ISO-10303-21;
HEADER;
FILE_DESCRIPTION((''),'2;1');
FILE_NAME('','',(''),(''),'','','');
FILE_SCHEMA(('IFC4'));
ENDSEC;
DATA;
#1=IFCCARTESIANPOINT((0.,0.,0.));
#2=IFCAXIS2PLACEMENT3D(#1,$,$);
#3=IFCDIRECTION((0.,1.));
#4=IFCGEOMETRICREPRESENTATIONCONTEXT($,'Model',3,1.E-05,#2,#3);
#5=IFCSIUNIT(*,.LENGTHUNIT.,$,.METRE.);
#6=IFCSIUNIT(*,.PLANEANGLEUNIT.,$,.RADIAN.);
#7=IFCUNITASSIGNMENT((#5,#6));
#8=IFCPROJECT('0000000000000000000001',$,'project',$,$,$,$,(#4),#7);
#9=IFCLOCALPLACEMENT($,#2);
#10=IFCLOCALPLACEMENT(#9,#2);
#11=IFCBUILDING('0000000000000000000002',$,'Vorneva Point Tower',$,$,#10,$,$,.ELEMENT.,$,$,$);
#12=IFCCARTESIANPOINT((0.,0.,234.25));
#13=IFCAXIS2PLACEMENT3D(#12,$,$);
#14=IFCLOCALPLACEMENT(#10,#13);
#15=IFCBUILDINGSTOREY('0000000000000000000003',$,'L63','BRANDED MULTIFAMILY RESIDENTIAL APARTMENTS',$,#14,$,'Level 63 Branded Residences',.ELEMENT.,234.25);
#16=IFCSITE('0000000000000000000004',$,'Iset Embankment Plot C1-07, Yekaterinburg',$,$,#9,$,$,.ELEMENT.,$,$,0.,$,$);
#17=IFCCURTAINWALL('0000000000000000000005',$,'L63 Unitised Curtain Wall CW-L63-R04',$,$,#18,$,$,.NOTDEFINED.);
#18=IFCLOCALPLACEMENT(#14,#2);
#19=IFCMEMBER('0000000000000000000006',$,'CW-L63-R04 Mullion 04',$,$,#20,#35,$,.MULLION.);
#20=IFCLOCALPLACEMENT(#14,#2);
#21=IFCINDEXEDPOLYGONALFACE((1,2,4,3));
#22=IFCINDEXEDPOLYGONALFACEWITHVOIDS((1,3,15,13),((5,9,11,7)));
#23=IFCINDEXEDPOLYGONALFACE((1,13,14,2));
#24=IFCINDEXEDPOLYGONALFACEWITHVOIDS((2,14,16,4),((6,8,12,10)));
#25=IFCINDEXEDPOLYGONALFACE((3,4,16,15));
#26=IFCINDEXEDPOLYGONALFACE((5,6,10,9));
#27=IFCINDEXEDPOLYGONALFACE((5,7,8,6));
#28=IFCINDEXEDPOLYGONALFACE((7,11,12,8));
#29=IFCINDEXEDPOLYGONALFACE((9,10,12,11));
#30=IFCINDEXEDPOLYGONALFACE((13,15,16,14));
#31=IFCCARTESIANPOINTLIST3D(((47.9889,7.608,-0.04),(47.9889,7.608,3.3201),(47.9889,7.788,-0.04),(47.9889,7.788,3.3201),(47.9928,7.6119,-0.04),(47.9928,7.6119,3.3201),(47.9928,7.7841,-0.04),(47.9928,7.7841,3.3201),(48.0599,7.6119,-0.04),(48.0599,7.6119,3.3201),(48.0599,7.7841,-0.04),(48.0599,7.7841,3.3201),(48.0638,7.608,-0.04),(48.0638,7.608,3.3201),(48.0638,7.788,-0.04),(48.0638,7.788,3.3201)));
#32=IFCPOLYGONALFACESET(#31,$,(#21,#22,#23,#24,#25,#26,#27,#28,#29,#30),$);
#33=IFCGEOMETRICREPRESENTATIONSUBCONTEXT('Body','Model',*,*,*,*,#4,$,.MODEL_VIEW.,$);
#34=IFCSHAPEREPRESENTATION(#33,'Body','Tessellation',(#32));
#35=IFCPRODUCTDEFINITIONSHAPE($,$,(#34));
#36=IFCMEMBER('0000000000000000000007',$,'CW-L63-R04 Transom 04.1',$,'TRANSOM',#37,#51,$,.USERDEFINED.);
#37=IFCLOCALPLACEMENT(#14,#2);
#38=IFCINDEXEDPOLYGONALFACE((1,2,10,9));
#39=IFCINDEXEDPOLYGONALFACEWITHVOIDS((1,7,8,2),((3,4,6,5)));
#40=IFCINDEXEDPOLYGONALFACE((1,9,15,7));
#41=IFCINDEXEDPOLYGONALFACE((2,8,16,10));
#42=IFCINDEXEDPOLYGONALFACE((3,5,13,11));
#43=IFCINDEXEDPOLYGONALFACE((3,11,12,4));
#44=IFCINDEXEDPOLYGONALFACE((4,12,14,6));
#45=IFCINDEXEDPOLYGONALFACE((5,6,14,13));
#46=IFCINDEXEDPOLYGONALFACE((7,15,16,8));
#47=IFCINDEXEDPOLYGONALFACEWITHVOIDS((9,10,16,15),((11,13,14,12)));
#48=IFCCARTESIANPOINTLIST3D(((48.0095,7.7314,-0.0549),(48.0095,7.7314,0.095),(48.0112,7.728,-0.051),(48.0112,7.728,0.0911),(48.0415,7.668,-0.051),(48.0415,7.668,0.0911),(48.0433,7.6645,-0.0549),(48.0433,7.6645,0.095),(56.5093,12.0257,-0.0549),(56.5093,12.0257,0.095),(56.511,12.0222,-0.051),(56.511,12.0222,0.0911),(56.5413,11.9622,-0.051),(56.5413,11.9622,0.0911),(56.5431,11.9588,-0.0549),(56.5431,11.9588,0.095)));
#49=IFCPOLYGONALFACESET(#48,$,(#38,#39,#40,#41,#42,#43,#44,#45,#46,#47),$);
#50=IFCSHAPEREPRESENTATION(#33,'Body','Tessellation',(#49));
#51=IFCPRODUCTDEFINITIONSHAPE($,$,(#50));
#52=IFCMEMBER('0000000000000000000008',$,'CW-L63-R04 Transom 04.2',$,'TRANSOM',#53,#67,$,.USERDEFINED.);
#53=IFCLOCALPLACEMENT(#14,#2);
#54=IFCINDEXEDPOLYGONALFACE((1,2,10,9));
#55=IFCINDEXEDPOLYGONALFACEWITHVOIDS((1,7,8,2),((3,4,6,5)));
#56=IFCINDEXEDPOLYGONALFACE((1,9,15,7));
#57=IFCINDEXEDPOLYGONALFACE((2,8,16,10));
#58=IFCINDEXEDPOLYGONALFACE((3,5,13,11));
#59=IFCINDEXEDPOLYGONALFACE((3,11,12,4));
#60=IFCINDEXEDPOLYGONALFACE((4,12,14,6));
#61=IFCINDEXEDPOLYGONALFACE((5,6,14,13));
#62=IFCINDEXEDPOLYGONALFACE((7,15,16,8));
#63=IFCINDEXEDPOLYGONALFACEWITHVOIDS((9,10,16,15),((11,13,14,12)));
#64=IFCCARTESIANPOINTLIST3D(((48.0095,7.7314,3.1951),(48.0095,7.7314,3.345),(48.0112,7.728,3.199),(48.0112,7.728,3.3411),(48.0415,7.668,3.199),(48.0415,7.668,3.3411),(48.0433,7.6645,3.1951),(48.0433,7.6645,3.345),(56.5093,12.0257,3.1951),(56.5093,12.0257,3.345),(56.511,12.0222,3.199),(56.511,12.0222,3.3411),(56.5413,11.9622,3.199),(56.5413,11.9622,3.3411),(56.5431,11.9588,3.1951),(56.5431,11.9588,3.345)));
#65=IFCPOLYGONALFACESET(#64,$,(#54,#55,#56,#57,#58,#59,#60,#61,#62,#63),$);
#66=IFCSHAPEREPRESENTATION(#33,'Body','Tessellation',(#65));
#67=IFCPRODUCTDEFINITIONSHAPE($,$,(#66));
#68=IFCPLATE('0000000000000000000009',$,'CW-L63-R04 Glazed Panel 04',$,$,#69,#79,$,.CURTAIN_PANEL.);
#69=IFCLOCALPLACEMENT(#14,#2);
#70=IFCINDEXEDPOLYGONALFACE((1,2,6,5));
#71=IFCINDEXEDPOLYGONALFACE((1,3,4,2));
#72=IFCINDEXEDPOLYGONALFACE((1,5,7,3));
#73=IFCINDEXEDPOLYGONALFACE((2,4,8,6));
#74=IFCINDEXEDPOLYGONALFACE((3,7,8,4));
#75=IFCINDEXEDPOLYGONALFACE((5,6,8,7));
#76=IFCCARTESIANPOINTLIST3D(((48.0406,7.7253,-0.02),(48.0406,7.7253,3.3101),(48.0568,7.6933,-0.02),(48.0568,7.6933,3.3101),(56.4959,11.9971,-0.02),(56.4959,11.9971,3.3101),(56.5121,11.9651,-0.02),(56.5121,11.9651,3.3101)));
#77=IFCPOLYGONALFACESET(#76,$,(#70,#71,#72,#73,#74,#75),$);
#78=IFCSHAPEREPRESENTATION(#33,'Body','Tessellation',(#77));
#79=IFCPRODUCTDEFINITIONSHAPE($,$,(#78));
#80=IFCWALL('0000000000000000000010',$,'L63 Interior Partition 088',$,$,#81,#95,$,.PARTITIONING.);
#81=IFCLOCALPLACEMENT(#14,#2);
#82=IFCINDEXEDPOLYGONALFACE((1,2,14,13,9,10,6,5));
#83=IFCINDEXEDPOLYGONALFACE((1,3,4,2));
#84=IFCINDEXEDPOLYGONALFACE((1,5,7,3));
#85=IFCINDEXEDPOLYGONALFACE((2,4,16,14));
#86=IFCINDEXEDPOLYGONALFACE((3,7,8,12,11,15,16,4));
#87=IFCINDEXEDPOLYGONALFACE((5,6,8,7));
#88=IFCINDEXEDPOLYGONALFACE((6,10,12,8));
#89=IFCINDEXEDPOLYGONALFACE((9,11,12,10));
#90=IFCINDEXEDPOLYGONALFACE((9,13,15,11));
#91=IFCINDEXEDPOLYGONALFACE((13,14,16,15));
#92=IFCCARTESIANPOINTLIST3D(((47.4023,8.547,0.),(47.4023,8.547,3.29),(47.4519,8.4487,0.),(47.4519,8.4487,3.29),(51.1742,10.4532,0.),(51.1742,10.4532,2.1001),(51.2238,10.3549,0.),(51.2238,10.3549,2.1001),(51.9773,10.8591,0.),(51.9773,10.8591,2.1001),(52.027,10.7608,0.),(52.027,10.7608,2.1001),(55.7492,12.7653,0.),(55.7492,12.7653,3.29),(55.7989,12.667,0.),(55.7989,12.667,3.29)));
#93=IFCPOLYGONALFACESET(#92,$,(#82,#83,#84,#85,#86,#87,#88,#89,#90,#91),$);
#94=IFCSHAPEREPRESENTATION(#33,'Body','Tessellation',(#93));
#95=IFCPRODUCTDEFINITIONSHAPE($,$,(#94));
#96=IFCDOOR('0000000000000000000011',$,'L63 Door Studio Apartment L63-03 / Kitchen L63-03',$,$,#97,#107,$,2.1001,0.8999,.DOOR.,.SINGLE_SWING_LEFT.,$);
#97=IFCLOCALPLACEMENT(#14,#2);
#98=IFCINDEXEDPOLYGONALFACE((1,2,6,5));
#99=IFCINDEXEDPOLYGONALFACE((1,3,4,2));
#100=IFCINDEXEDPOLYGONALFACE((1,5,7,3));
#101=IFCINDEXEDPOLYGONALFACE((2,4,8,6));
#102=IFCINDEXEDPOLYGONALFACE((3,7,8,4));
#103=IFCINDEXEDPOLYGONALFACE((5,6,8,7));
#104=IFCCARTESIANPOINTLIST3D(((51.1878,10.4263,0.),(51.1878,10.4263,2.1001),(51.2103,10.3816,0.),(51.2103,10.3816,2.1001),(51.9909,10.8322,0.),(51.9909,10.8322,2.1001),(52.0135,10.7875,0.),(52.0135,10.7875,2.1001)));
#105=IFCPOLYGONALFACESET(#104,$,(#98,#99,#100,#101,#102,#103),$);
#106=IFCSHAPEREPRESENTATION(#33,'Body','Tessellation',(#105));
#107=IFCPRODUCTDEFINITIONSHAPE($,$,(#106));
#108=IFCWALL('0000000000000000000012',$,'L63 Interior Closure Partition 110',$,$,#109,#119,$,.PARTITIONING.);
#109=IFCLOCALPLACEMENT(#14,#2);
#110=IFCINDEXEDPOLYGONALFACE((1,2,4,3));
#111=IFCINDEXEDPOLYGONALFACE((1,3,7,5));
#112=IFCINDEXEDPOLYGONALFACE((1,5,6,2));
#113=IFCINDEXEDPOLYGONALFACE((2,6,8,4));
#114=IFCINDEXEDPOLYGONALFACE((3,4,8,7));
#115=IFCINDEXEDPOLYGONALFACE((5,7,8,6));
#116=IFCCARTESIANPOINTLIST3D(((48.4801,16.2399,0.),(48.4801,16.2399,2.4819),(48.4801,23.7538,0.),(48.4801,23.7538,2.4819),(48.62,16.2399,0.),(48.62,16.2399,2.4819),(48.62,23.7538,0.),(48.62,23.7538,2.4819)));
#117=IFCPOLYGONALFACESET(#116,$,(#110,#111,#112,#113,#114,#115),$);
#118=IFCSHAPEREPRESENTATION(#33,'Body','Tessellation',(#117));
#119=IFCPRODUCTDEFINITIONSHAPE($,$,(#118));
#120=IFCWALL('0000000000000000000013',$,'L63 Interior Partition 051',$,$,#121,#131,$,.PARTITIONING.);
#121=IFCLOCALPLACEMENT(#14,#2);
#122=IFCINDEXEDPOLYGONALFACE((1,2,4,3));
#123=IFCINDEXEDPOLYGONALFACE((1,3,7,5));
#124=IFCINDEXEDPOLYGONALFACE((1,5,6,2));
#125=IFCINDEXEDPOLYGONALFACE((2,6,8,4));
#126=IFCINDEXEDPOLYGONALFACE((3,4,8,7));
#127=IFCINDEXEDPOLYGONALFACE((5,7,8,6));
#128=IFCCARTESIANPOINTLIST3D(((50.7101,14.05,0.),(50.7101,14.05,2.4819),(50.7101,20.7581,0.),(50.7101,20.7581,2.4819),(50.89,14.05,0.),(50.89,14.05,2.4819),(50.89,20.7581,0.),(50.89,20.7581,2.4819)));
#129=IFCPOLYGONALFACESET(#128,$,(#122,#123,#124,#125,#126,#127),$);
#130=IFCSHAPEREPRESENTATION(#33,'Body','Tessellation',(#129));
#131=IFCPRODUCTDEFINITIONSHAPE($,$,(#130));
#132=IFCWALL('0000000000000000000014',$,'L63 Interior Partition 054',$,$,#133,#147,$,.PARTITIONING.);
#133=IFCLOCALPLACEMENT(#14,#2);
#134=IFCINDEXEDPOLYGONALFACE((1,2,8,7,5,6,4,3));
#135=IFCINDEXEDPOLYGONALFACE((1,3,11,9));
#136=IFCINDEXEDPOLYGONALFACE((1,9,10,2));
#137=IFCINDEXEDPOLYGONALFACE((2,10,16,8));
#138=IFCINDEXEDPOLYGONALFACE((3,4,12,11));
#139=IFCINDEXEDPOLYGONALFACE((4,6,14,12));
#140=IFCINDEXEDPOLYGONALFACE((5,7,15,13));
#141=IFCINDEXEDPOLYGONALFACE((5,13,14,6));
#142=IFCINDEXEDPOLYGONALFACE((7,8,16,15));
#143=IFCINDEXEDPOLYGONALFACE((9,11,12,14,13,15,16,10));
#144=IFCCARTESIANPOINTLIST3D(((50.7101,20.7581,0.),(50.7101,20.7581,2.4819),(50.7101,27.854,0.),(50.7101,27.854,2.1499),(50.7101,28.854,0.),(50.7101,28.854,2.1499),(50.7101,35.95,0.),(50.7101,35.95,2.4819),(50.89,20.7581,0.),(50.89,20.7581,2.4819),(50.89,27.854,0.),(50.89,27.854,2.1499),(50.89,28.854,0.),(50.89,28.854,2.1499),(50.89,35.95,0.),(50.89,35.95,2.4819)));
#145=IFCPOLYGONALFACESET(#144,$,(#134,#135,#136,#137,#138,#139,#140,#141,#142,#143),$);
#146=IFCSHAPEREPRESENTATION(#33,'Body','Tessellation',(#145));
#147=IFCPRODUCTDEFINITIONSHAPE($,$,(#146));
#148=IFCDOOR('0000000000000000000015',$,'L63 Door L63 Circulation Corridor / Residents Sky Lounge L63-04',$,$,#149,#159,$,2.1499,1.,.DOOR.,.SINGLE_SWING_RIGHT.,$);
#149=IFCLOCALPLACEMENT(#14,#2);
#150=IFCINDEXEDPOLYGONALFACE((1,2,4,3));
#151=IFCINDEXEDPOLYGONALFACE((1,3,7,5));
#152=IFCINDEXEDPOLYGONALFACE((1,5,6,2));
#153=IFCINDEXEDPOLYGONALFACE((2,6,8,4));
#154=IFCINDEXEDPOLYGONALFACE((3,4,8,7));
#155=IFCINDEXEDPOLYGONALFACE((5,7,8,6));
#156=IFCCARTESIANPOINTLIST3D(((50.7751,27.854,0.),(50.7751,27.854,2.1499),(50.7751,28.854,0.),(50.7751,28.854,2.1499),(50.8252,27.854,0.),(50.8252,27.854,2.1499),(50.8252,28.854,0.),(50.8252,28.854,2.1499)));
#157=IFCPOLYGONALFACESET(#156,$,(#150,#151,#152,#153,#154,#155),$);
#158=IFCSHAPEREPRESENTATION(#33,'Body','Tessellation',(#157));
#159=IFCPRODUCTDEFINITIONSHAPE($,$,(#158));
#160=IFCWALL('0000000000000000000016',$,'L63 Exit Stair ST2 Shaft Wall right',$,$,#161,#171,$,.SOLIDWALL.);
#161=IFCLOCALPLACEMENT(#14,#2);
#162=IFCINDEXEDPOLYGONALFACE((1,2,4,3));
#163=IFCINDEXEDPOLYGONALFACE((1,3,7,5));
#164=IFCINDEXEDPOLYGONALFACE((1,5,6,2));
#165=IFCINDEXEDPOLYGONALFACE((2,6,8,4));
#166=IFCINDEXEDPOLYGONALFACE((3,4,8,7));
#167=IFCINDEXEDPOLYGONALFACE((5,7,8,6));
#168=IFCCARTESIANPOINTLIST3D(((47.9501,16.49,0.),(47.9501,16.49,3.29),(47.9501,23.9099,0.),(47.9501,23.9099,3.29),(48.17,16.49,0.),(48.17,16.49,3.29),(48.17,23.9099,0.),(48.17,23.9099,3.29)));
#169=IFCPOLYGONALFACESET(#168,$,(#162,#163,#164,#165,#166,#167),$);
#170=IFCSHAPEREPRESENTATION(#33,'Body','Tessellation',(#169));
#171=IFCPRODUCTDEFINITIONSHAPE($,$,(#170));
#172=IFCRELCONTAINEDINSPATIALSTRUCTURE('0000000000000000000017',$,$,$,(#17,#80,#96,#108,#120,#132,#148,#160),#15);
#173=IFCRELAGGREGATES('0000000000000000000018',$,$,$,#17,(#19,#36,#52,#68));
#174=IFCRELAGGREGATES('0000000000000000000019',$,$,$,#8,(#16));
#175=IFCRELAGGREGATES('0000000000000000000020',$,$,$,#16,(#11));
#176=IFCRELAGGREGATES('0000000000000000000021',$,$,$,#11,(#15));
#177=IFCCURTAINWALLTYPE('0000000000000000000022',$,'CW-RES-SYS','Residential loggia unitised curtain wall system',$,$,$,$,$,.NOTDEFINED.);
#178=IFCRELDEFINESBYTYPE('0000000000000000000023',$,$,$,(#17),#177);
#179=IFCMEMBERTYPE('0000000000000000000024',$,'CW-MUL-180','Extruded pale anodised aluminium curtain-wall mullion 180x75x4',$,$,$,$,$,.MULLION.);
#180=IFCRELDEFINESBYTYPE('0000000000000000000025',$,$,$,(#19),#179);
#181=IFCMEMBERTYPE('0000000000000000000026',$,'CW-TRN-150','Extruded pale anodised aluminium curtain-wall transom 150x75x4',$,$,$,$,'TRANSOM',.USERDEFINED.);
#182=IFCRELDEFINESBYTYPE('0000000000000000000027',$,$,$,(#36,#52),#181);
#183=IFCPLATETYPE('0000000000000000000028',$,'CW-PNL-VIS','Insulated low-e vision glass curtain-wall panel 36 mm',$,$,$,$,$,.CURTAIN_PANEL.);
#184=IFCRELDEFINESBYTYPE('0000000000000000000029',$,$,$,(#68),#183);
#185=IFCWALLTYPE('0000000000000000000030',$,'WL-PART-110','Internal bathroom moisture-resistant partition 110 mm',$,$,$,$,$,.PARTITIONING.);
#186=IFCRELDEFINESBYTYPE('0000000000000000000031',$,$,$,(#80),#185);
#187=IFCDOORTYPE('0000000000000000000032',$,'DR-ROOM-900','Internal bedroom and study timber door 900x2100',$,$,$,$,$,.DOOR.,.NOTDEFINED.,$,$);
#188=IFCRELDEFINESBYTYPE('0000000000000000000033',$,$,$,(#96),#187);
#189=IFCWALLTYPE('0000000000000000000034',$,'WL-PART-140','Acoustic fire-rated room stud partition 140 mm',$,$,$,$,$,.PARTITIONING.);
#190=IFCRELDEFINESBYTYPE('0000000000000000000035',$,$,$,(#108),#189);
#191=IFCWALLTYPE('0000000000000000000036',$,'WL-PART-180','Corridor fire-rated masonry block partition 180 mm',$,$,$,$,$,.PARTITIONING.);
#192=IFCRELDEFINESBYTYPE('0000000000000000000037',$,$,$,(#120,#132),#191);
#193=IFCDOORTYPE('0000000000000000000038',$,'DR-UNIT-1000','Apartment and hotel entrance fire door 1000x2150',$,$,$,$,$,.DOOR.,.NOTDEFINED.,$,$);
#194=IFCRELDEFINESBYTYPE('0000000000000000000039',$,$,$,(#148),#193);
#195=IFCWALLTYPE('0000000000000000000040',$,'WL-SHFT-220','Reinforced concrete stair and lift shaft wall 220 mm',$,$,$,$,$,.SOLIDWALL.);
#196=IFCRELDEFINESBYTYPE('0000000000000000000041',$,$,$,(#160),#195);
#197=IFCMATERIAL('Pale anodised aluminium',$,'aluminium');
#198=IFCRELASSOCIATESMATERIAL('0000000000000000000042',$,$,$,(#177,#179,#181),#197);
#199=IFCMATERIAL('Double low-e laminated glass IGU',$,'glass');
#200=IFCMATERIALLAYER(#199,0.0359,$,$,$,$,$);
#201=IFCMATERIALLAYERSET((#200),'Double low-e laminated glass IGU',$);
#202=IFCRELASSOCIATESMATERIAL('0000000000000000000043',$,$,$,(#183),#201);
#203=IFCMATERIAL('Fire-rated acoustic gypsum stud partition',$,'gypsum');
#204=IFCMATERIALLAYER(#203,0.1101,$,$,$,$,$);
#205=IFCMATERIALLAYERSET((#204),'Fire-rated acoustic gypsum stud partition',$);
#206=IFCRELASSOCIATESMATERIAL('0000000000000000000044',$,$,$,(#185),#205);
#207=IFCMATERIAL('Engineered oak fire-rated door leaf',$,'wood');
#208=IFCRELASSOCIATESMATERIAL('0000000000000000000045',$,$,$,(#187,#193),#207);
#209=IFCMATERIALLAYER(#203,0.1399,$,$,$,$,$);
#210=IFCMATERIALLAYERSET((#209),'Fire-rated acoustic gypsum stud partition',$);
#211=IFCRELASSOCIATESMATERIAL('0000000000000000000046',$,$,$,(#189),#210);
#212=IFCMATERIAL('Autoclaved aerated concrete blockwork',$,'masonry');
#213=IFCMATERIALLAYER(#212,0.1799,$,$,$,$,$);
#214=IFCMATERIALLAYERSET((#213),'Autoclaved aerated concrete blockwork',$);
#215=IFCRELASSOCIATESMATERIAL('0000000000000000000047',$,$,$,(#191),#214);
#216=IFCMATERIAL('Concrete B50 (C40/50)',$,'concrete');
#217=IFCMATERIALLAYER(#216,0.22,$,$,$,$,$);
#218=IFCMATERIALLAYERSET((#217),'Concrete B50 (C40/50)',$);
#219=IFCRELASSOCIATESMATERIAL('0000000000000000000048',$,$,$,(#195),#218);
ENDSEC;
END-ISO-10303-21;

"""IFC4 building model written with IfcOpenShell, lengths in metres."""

from ifc_helpers import new_model, si_unit, direction, frame, frame_2d, origin, origin_2d, place, context, subcontext, project, spatial, rectangle, hollow_rectangle, extrude, material, layer, layer_set, material_profile, profile_set, type_object, element, fill, aggregate, save


model = new_model("IFC4")

# Units and contexts
model_context = context("Model", 3, precision=1e-05, world=origin(), true_north=direction((0.0, 1.0)))
body_context = subcontext(model_context, "Body", "Model", "MODEL_VIEW")
ifc_project = project(units=[si_unit("LENGTHUNIT", "METRE"), si_unit("PLANEANGLEUNIT", "RADIAN")], contexts=[model_context])

# Site, building, storey
site_placement = place(None, origin())
site = spatial("IfcSite", under=ifc_project, at=site_placement, Name="Iset Embankment Plot C1-07, Yekaterinburg", CompositionType="ELEMENT", RefElevation=0.0)
building_placement = place(site_placement, origin())
building = spatial("IfcBuilding", under=site, at=building_placement, Name="Vorneva Point Tower", CompositionType="ELEMENT")
storey_placement = place(building_placement, frame((0.0, 0.0, 234.25)))
storey = spatial("IfcBuildingStorey", under=building, at=storey_placement, Name="L63", Description="BRANDED MULTIFAMILY RESIDENTIAL APARTMENTS", LongName="Level 63 Branded Residences", CompositionType="ELEMENT", Elevation=234.25)

# Shared definitions
ifc_material_1 = material(Name="Concrete B50 (C40/50)", Category="concrete")

# Curtain wall, members, plate
ifc_material_2 = material(Name="Pale anodised aluminium", Category="aluminium")
curtain_wall_type = type_object("IfcCurtainWallType", Name="CW-RES-SYS", Description="Residential loggia unitised curtain wall system", PredefinedType="NOTDEFINED", material=ifc_material_2)
curtain_wall_placement = place(storey_placement, origin())
curtain_wall = element("IfcCurtainWall", 1, at=curtain_wall_placement, inside=storey, type_object=curtain_wall_type, Name="L63 Unitised Curtain Wall CW-L63-R04", PredefinedType="NOTDEFINED")
ifc_material_profile_1 = material_profile(ifc_material_2, hollow_rectangle(XDim=0.075, YDim=0.1799, WallThickness=0.0039, at=origin_2d()), Name="AL-MUL 180x75x4")
ifc_profile_set_1 = profile_set([ifc_material_profile_1], Name="Pale anodised aluminium")
member_type_1 = type_object("IfcMemberType", Name="CW-MUL-180", Description="Extruded pale anodised aluminium curtain-wall mullion 180x75x4", PredefinedType="MULLION", material=ifc_profile_set_1)
member_1_placement = place(storey_placement, frame((48.0264, 7.698, -0.04), z_axis=(0.0, 0.0, 1.0), x_axis=(1.0, 0.0, 0.0)))
member_1 = element("IfcMember", 2, at=member_1_placement, type_object=member_type_1, Name="CW-L63-R04 Mullion 04", PredefinedType="MULLION", context=body_context, shape_type="SweptSolid", body=[
    extrude(hollow_rectangle(XDim=0.075, YDim=0.1799, WallThickness=0.0039, at=origin_2d()), origin(), (0.0, 0.0, 1.0), 3.3601),
])
ifc_material_profile_2 = material_profile(ifc_material_2, hollow_rectangle(XDim=0.075, YDim=0.1499, WallThickness=0.0039, at=origin_2d()), Name="AL-TRN 150x75x4")
ifc_profile_set_2 = profile_set([ifc_material_profile_2], Name="Pale anodised aluminium")
member_type_2 = type_object("IfcMemberType", Name="CW-TRN-150", Description="Extruded pale anodised aluminium curtain-wall transom 150x75x4", ElementType="TRANSOM", PredefinedType="USERDEFINED", material=ifc_profile_set_2)
member_2_placement = place(storey_placement, frame((48.0264, 7.698, 0.02), z_axis=(0.892558, 0.450932, 0.0), x_axis=(-0.450932, 0.892558, 0.0)))
member_2 = element("IfcMember", 3, at=member_2_placement, type_object=member_type_2, Name="CW-L63-R04 Transom 04.1", ObjectType="TRANSOM", PredefinedType="USERDEFINED", context=body_context, shape_type="SweptSolid", body=[
    extrude(hollow_rectangle(XDim=0.075, YDim=0.1499, WallThickness=0.0039, at=origin_2d()), origin(), (0.0, 0.0, 1.0), 9.5229),
])
member_3_placement = place(storey_placement, frame((48.0264, 7.698, 3.27), z_axis=(0.892558, 0.450932, 0.0), x_axis=(-0.450932, 0.892558, 0.0)))
member_3 = element("IfcMember", 4, at=member_3_placement, type_object=member_type_2, Name="CW-L63-R04 Transom 04.2", ObjectType="TRANSOM", PredefinedType="USERDEFINED", context=body_context, shape_type="SweptSolid", body=[
    extrude(hollow_rectangle(XDim=0.075, YDim=0.1499, WallThickness=0.0039, at=origin_2d()), origin(), (0.0, 0.0, 1.0), 9.5229),
])
ifc_material_3 = material(Name="Double low-e laminated glass IGU", Category="glass")
ifc_layer_1 = layer(ifc_material_3, 0.0359)
ifc_layer_set_1 = layer_set([ifc_layer_1], Name="Double low-e laminated glass IGU")
plate_type = type_object("IfcPlateType", Name="CW-PNL-VIS", Description="Insulated low-e vision glass curtain-wall panel 36 mm", PredefinedType="CURTAIN_PANEL", material=ifc_layer_set_1)
plate_placement = place(storey_placement, frame((52.2764, 9.8452, -0.02), z_axis=(0.0, 0.0, 1.0), x_axis=(0.892554, 0.45094, 0.0)))
plate = element("IfcPlate", 5, at=plate_placement, type_object=plate_type, Name="CW-L63-R04 Glazed Panel 04", PredefinedType="CURTAIN_PANEL", context=body_context, shape_type="SweptSolid", body=[
    extrude(rectangle(XDim=9.4731, YDim=0.0359, at=origin_2d()), origin(), (0.0, 0.0, 1.0), 3.3301),
])
aggregate(curtain_wall, [member_1, member_2, member_3, plate])

# Wall, opening, door
ifc_material_4 = material(Name="Fire-rated acoustic gypsum stud partition", Category="gypsum")
ifc_layer_2 = layer(ifc_material_4, 0.1101)
ifc_layer_set_2 = layer_set([ifc_layer_2], Name="Fire-rated acoustic gypsum stud partition")
wall_type_1 = type_object("IfcWallType", Name="WL-PART-110", Description="Internal bathroom moisture-resistant partition 110 mm", PredefinedType="PARTITIONING", material=ifc_layer_set_2)
wall_1_placement = place(storey_placement, frame((47.427, 8.4978, 0.0), z_axis=(0.0, 0.0, 1.0), x_axis=(0.892503, 0.451042, 0.0)))
wall_1 = element("IfcWall", 6, at=wall_1_placement, inside=storey, type_object=wall_type_1, Name="L63 Interior Partition 088", PredefinedType="PARTITIONING", context=body_context, shape_type="SweptSolid", body=[
    extrude(rectangle(XDim=9.3523, YDim=0.1101, at=frame_2d((4.6763, 0.0))), origin(), (0.0, 0.0, 1.0), 3.29),
])
opening_1_placement = place(wall_1_placement, frame((4.2263, 0.0, 0.0)))
opening_1 = element("IfcOpeningElement", 7, at=opening_1_placement, cuts=wall_1, PredefinedType="OPENING", context=body_context, shape_type="SweptSolid", body=[
    extrude(rectangle(XDim=0.8999, YDim=2.1001, at=frame_2d((0.45, 1.05))), frame((0.0, 0.0698, 0.0), z_axis=(0.0, -1.0, 0.0), x_axis=(1.0, 0.0, 0.0)), (0.0, 0.0, 1.0), 0.1399),
])
ifc_material_5 = material(Name="Engineered oak fire-rated door leaf", Category="wood")
door_type_1 = type_object("IfcDoorType", Name="DR-ROOM-900", Description="Internal bedroom and study timber door 900x2100", OperationType="NOTDEFINED", PredefinedType="DOOR", material=ifc_material_5)
door_1_placement = place(opening_1_placement, origin())
door_1 = element("IfcDoor", 8, at=door_1_placement, inside=storey, type_object=door_type_1, Name="L63 Door Studio Apartment L63-03 / Kitchen L63-03", OperationType="SINGLE_SWING_LEFT", OverallHeight=2.1001, OverallWidth=0.8999, PredefinedType="DOOR", context=body_context, shape_type="SweptSolid", body=[
    extrude(rectangle(XDim=0.8999, YDim=2.1001, at=frame_2d((0.45, 1.05))), frame((0.0, 0.0249, 0.0), z_axis=(0.0, -1.0, 0.0), x_axis=(1.0, 0.0, 0.0)), (0.0, 0.0, 1.0), 0.05),
])
fill(opening_1, door_1)

# Wall
ifc_layer_3 = layer(ifc_material_4, 0.1399)
ifc_layer_set_3 = layer_set([ifc_layer_3], Name="Fire-rated acoustic gypsum stud partition")
wall_type_2 = type_object("IfcWallType", Name="WL-PART-140", Description="Acoustic fire-rated room stud partition 140 mm", PredefinedType="PARTITIONING", material=ifc_layer_set_3)
wall_2_placement = place(storey_placement, frame((48.55, 16.24, 0.0), z_axis=(0.0, 0.0, 1.0), x_axis=(0.0, 1.0, 0.0)))
element("IfcWall", 9, at=wall_2_placement, inside=storey, type_object=wall_type_2, Name="L63 Interior Closure Partition 110", PredefinedType="PARTITIONING", context=body_context, shape_type="SweptSolid", body=[
    extrude(rectangle(XDim=7.5139, YDim=0.1399, at=frame_2d((3.7568, 0.0))), origin(), (0.0, 0.0, 1.0), 2.4819),
])

# Shared definitions
ifc_material_6 = material(Name="Autoclaved aerated concrete blockwork", Category="masonry")
ifc_layer_4 = layer(ifc_material_6, 0.1799)
ifc_layer_set_4 = layer_set([ifc_layer_4], Name="Autoclaved aerated concrete blockwork")
wall_type_3 = type_object("IfcWallType", Name="WL-PART-180", Description="Corridor fire-rated masonry block partition 180 mm", PredefinedType="PARTITIONING", material=ifc_layer_set_4)

# Wall
wall_3_placement = place(storey_placement, frame((50.8, 14.05, 0.0), z_axis=(0.0, 0.0, 1.0), x_axis=(0.0, 1.0, 0.0)))
element("IfcWall", 10, at=wall_3_placement, inside=storey, type_object=wall_type_3, Name="L63 Interior Partition 051", PredefinedType="PARTITIONING", context=body_context, shape_type="SweptSolid", body=[
    extrude(rectangle(XDim=6.708, YDim=0.1799, at=frame_2d((3.354, 0.0))), origin(), (0.0, 0.0, 1.0), 2.4819),
])

# Wall, opening, door
wall_4_placement = place(storey_placement, frame((50.8, 20.7581, 0.0), z_axis=(0.0, 0.0, 1.0), x_axis=(0.0, 1.0, 0.0)))
wall_4 = element("IfcWall", 11, at=wall_4_placement, inside=storey, type_object=wall_type_3, Name="L63 Interior Partition 054", PredefinedType="PARTITIONING", context=body_context, shape_type="SweptSolid", body=[
    extrude(rectangle(XDim=15.1919, YDim=0.1799, at=frame_2d((7.5959, 0.0))), origin(), (0.0, 0.0, 1.0), 2.4819),
])
opening_2_placement = place(wall_4_placement, frame((7.0959, 0.0, 0.0)))
opening_2 = element("IfcOpeningElement", 12, at=opening_2_placement, cuts=wall_4, PredefinedType="OPENING", context=body_context, shape_type="SweptSolid", body=[
    extrude(rectangle(XDim=1.0, YDim=2.1499, at=frame_2d((0.5, 1.075))), frame((0.0, 0.105, 0.0), z_axis=(0.0, -1.0, 0.0), x_axis=(1.0, 0.0, 0.0)), (0.0, 0.0, 1.0), 0.2097),
])
door_type_2 = type_object("IfcDoorType", Name="DR-UNIT-1000", Description="Apartment and hotel entrance fire door 1000x2150", OperationType="NOTDEFINED", PredefinedType="DOOR", material=ifc_material_5)
door_2_placement = place(opening_2_placement, origin())
door_2 = element("IfcDoor", 13, at=door_2_placement, inside=storey, type_object=door_type_2, Name="L63 Door L63 Circulation Corridor / Residents Sky Lounge L63-04", OperationType="SINGLE_SWING_RIGHT", OverallHeight=2.1499, OverallWidth=1.0, PredefinedType="DOOR", context=body_context, shape_type="SweptSolid", body=[
    extrude(rectangle(XDim=1.0, YDim=2.1499, at=frame_2d((0.5, 1.075))), frame((0.0, 0.0249, 0.0), z_axis=(0.0, -1.0, 0.0), x_axis=(1.0, 0.0, 0.0)), (0.0, 0.0, 1.0), 0.05),
])
fill(opening_2, door_2)

# Wall
ifc_layer_5 = layer(ifc_material_1, 0.22)
ifc_layer_set_5 = layer_set([ifc_layer_5], Name="Concrete B50 (C40/50)")
wall_type_4 = type_object("IfcWallType", Name="WL-SHFT-220", Description="Reinforced concrete stair and lift shaft wall 220 mm", PredefinedType="SOLIDWALL", material=ifc_layer_set_5)
wall_5_placement = place(storey_placement, frame((48.0601, 23.9099, 0.0), z_axis=(0.0, 0.0, 1.0), x_axis=(0.0, -1.0, 0.0)))
element("IfcWall", 14, at=wall_5_placement, inside=storey, type_object=wall_type_4, Name="L63 Exit Stair ST2 Shaft Wall right", PredefinedType="SOLIDWALL", context=body_context, shape_type="SweptSolid", body=[
    extrude(rectangle(XDim=7.4199, YDim=0.22, at=frame_2d((3.71, 0.0))), origin(), (0.0, 0.0, 1.0), 3.29),
])

save(model, "model.ifc")
